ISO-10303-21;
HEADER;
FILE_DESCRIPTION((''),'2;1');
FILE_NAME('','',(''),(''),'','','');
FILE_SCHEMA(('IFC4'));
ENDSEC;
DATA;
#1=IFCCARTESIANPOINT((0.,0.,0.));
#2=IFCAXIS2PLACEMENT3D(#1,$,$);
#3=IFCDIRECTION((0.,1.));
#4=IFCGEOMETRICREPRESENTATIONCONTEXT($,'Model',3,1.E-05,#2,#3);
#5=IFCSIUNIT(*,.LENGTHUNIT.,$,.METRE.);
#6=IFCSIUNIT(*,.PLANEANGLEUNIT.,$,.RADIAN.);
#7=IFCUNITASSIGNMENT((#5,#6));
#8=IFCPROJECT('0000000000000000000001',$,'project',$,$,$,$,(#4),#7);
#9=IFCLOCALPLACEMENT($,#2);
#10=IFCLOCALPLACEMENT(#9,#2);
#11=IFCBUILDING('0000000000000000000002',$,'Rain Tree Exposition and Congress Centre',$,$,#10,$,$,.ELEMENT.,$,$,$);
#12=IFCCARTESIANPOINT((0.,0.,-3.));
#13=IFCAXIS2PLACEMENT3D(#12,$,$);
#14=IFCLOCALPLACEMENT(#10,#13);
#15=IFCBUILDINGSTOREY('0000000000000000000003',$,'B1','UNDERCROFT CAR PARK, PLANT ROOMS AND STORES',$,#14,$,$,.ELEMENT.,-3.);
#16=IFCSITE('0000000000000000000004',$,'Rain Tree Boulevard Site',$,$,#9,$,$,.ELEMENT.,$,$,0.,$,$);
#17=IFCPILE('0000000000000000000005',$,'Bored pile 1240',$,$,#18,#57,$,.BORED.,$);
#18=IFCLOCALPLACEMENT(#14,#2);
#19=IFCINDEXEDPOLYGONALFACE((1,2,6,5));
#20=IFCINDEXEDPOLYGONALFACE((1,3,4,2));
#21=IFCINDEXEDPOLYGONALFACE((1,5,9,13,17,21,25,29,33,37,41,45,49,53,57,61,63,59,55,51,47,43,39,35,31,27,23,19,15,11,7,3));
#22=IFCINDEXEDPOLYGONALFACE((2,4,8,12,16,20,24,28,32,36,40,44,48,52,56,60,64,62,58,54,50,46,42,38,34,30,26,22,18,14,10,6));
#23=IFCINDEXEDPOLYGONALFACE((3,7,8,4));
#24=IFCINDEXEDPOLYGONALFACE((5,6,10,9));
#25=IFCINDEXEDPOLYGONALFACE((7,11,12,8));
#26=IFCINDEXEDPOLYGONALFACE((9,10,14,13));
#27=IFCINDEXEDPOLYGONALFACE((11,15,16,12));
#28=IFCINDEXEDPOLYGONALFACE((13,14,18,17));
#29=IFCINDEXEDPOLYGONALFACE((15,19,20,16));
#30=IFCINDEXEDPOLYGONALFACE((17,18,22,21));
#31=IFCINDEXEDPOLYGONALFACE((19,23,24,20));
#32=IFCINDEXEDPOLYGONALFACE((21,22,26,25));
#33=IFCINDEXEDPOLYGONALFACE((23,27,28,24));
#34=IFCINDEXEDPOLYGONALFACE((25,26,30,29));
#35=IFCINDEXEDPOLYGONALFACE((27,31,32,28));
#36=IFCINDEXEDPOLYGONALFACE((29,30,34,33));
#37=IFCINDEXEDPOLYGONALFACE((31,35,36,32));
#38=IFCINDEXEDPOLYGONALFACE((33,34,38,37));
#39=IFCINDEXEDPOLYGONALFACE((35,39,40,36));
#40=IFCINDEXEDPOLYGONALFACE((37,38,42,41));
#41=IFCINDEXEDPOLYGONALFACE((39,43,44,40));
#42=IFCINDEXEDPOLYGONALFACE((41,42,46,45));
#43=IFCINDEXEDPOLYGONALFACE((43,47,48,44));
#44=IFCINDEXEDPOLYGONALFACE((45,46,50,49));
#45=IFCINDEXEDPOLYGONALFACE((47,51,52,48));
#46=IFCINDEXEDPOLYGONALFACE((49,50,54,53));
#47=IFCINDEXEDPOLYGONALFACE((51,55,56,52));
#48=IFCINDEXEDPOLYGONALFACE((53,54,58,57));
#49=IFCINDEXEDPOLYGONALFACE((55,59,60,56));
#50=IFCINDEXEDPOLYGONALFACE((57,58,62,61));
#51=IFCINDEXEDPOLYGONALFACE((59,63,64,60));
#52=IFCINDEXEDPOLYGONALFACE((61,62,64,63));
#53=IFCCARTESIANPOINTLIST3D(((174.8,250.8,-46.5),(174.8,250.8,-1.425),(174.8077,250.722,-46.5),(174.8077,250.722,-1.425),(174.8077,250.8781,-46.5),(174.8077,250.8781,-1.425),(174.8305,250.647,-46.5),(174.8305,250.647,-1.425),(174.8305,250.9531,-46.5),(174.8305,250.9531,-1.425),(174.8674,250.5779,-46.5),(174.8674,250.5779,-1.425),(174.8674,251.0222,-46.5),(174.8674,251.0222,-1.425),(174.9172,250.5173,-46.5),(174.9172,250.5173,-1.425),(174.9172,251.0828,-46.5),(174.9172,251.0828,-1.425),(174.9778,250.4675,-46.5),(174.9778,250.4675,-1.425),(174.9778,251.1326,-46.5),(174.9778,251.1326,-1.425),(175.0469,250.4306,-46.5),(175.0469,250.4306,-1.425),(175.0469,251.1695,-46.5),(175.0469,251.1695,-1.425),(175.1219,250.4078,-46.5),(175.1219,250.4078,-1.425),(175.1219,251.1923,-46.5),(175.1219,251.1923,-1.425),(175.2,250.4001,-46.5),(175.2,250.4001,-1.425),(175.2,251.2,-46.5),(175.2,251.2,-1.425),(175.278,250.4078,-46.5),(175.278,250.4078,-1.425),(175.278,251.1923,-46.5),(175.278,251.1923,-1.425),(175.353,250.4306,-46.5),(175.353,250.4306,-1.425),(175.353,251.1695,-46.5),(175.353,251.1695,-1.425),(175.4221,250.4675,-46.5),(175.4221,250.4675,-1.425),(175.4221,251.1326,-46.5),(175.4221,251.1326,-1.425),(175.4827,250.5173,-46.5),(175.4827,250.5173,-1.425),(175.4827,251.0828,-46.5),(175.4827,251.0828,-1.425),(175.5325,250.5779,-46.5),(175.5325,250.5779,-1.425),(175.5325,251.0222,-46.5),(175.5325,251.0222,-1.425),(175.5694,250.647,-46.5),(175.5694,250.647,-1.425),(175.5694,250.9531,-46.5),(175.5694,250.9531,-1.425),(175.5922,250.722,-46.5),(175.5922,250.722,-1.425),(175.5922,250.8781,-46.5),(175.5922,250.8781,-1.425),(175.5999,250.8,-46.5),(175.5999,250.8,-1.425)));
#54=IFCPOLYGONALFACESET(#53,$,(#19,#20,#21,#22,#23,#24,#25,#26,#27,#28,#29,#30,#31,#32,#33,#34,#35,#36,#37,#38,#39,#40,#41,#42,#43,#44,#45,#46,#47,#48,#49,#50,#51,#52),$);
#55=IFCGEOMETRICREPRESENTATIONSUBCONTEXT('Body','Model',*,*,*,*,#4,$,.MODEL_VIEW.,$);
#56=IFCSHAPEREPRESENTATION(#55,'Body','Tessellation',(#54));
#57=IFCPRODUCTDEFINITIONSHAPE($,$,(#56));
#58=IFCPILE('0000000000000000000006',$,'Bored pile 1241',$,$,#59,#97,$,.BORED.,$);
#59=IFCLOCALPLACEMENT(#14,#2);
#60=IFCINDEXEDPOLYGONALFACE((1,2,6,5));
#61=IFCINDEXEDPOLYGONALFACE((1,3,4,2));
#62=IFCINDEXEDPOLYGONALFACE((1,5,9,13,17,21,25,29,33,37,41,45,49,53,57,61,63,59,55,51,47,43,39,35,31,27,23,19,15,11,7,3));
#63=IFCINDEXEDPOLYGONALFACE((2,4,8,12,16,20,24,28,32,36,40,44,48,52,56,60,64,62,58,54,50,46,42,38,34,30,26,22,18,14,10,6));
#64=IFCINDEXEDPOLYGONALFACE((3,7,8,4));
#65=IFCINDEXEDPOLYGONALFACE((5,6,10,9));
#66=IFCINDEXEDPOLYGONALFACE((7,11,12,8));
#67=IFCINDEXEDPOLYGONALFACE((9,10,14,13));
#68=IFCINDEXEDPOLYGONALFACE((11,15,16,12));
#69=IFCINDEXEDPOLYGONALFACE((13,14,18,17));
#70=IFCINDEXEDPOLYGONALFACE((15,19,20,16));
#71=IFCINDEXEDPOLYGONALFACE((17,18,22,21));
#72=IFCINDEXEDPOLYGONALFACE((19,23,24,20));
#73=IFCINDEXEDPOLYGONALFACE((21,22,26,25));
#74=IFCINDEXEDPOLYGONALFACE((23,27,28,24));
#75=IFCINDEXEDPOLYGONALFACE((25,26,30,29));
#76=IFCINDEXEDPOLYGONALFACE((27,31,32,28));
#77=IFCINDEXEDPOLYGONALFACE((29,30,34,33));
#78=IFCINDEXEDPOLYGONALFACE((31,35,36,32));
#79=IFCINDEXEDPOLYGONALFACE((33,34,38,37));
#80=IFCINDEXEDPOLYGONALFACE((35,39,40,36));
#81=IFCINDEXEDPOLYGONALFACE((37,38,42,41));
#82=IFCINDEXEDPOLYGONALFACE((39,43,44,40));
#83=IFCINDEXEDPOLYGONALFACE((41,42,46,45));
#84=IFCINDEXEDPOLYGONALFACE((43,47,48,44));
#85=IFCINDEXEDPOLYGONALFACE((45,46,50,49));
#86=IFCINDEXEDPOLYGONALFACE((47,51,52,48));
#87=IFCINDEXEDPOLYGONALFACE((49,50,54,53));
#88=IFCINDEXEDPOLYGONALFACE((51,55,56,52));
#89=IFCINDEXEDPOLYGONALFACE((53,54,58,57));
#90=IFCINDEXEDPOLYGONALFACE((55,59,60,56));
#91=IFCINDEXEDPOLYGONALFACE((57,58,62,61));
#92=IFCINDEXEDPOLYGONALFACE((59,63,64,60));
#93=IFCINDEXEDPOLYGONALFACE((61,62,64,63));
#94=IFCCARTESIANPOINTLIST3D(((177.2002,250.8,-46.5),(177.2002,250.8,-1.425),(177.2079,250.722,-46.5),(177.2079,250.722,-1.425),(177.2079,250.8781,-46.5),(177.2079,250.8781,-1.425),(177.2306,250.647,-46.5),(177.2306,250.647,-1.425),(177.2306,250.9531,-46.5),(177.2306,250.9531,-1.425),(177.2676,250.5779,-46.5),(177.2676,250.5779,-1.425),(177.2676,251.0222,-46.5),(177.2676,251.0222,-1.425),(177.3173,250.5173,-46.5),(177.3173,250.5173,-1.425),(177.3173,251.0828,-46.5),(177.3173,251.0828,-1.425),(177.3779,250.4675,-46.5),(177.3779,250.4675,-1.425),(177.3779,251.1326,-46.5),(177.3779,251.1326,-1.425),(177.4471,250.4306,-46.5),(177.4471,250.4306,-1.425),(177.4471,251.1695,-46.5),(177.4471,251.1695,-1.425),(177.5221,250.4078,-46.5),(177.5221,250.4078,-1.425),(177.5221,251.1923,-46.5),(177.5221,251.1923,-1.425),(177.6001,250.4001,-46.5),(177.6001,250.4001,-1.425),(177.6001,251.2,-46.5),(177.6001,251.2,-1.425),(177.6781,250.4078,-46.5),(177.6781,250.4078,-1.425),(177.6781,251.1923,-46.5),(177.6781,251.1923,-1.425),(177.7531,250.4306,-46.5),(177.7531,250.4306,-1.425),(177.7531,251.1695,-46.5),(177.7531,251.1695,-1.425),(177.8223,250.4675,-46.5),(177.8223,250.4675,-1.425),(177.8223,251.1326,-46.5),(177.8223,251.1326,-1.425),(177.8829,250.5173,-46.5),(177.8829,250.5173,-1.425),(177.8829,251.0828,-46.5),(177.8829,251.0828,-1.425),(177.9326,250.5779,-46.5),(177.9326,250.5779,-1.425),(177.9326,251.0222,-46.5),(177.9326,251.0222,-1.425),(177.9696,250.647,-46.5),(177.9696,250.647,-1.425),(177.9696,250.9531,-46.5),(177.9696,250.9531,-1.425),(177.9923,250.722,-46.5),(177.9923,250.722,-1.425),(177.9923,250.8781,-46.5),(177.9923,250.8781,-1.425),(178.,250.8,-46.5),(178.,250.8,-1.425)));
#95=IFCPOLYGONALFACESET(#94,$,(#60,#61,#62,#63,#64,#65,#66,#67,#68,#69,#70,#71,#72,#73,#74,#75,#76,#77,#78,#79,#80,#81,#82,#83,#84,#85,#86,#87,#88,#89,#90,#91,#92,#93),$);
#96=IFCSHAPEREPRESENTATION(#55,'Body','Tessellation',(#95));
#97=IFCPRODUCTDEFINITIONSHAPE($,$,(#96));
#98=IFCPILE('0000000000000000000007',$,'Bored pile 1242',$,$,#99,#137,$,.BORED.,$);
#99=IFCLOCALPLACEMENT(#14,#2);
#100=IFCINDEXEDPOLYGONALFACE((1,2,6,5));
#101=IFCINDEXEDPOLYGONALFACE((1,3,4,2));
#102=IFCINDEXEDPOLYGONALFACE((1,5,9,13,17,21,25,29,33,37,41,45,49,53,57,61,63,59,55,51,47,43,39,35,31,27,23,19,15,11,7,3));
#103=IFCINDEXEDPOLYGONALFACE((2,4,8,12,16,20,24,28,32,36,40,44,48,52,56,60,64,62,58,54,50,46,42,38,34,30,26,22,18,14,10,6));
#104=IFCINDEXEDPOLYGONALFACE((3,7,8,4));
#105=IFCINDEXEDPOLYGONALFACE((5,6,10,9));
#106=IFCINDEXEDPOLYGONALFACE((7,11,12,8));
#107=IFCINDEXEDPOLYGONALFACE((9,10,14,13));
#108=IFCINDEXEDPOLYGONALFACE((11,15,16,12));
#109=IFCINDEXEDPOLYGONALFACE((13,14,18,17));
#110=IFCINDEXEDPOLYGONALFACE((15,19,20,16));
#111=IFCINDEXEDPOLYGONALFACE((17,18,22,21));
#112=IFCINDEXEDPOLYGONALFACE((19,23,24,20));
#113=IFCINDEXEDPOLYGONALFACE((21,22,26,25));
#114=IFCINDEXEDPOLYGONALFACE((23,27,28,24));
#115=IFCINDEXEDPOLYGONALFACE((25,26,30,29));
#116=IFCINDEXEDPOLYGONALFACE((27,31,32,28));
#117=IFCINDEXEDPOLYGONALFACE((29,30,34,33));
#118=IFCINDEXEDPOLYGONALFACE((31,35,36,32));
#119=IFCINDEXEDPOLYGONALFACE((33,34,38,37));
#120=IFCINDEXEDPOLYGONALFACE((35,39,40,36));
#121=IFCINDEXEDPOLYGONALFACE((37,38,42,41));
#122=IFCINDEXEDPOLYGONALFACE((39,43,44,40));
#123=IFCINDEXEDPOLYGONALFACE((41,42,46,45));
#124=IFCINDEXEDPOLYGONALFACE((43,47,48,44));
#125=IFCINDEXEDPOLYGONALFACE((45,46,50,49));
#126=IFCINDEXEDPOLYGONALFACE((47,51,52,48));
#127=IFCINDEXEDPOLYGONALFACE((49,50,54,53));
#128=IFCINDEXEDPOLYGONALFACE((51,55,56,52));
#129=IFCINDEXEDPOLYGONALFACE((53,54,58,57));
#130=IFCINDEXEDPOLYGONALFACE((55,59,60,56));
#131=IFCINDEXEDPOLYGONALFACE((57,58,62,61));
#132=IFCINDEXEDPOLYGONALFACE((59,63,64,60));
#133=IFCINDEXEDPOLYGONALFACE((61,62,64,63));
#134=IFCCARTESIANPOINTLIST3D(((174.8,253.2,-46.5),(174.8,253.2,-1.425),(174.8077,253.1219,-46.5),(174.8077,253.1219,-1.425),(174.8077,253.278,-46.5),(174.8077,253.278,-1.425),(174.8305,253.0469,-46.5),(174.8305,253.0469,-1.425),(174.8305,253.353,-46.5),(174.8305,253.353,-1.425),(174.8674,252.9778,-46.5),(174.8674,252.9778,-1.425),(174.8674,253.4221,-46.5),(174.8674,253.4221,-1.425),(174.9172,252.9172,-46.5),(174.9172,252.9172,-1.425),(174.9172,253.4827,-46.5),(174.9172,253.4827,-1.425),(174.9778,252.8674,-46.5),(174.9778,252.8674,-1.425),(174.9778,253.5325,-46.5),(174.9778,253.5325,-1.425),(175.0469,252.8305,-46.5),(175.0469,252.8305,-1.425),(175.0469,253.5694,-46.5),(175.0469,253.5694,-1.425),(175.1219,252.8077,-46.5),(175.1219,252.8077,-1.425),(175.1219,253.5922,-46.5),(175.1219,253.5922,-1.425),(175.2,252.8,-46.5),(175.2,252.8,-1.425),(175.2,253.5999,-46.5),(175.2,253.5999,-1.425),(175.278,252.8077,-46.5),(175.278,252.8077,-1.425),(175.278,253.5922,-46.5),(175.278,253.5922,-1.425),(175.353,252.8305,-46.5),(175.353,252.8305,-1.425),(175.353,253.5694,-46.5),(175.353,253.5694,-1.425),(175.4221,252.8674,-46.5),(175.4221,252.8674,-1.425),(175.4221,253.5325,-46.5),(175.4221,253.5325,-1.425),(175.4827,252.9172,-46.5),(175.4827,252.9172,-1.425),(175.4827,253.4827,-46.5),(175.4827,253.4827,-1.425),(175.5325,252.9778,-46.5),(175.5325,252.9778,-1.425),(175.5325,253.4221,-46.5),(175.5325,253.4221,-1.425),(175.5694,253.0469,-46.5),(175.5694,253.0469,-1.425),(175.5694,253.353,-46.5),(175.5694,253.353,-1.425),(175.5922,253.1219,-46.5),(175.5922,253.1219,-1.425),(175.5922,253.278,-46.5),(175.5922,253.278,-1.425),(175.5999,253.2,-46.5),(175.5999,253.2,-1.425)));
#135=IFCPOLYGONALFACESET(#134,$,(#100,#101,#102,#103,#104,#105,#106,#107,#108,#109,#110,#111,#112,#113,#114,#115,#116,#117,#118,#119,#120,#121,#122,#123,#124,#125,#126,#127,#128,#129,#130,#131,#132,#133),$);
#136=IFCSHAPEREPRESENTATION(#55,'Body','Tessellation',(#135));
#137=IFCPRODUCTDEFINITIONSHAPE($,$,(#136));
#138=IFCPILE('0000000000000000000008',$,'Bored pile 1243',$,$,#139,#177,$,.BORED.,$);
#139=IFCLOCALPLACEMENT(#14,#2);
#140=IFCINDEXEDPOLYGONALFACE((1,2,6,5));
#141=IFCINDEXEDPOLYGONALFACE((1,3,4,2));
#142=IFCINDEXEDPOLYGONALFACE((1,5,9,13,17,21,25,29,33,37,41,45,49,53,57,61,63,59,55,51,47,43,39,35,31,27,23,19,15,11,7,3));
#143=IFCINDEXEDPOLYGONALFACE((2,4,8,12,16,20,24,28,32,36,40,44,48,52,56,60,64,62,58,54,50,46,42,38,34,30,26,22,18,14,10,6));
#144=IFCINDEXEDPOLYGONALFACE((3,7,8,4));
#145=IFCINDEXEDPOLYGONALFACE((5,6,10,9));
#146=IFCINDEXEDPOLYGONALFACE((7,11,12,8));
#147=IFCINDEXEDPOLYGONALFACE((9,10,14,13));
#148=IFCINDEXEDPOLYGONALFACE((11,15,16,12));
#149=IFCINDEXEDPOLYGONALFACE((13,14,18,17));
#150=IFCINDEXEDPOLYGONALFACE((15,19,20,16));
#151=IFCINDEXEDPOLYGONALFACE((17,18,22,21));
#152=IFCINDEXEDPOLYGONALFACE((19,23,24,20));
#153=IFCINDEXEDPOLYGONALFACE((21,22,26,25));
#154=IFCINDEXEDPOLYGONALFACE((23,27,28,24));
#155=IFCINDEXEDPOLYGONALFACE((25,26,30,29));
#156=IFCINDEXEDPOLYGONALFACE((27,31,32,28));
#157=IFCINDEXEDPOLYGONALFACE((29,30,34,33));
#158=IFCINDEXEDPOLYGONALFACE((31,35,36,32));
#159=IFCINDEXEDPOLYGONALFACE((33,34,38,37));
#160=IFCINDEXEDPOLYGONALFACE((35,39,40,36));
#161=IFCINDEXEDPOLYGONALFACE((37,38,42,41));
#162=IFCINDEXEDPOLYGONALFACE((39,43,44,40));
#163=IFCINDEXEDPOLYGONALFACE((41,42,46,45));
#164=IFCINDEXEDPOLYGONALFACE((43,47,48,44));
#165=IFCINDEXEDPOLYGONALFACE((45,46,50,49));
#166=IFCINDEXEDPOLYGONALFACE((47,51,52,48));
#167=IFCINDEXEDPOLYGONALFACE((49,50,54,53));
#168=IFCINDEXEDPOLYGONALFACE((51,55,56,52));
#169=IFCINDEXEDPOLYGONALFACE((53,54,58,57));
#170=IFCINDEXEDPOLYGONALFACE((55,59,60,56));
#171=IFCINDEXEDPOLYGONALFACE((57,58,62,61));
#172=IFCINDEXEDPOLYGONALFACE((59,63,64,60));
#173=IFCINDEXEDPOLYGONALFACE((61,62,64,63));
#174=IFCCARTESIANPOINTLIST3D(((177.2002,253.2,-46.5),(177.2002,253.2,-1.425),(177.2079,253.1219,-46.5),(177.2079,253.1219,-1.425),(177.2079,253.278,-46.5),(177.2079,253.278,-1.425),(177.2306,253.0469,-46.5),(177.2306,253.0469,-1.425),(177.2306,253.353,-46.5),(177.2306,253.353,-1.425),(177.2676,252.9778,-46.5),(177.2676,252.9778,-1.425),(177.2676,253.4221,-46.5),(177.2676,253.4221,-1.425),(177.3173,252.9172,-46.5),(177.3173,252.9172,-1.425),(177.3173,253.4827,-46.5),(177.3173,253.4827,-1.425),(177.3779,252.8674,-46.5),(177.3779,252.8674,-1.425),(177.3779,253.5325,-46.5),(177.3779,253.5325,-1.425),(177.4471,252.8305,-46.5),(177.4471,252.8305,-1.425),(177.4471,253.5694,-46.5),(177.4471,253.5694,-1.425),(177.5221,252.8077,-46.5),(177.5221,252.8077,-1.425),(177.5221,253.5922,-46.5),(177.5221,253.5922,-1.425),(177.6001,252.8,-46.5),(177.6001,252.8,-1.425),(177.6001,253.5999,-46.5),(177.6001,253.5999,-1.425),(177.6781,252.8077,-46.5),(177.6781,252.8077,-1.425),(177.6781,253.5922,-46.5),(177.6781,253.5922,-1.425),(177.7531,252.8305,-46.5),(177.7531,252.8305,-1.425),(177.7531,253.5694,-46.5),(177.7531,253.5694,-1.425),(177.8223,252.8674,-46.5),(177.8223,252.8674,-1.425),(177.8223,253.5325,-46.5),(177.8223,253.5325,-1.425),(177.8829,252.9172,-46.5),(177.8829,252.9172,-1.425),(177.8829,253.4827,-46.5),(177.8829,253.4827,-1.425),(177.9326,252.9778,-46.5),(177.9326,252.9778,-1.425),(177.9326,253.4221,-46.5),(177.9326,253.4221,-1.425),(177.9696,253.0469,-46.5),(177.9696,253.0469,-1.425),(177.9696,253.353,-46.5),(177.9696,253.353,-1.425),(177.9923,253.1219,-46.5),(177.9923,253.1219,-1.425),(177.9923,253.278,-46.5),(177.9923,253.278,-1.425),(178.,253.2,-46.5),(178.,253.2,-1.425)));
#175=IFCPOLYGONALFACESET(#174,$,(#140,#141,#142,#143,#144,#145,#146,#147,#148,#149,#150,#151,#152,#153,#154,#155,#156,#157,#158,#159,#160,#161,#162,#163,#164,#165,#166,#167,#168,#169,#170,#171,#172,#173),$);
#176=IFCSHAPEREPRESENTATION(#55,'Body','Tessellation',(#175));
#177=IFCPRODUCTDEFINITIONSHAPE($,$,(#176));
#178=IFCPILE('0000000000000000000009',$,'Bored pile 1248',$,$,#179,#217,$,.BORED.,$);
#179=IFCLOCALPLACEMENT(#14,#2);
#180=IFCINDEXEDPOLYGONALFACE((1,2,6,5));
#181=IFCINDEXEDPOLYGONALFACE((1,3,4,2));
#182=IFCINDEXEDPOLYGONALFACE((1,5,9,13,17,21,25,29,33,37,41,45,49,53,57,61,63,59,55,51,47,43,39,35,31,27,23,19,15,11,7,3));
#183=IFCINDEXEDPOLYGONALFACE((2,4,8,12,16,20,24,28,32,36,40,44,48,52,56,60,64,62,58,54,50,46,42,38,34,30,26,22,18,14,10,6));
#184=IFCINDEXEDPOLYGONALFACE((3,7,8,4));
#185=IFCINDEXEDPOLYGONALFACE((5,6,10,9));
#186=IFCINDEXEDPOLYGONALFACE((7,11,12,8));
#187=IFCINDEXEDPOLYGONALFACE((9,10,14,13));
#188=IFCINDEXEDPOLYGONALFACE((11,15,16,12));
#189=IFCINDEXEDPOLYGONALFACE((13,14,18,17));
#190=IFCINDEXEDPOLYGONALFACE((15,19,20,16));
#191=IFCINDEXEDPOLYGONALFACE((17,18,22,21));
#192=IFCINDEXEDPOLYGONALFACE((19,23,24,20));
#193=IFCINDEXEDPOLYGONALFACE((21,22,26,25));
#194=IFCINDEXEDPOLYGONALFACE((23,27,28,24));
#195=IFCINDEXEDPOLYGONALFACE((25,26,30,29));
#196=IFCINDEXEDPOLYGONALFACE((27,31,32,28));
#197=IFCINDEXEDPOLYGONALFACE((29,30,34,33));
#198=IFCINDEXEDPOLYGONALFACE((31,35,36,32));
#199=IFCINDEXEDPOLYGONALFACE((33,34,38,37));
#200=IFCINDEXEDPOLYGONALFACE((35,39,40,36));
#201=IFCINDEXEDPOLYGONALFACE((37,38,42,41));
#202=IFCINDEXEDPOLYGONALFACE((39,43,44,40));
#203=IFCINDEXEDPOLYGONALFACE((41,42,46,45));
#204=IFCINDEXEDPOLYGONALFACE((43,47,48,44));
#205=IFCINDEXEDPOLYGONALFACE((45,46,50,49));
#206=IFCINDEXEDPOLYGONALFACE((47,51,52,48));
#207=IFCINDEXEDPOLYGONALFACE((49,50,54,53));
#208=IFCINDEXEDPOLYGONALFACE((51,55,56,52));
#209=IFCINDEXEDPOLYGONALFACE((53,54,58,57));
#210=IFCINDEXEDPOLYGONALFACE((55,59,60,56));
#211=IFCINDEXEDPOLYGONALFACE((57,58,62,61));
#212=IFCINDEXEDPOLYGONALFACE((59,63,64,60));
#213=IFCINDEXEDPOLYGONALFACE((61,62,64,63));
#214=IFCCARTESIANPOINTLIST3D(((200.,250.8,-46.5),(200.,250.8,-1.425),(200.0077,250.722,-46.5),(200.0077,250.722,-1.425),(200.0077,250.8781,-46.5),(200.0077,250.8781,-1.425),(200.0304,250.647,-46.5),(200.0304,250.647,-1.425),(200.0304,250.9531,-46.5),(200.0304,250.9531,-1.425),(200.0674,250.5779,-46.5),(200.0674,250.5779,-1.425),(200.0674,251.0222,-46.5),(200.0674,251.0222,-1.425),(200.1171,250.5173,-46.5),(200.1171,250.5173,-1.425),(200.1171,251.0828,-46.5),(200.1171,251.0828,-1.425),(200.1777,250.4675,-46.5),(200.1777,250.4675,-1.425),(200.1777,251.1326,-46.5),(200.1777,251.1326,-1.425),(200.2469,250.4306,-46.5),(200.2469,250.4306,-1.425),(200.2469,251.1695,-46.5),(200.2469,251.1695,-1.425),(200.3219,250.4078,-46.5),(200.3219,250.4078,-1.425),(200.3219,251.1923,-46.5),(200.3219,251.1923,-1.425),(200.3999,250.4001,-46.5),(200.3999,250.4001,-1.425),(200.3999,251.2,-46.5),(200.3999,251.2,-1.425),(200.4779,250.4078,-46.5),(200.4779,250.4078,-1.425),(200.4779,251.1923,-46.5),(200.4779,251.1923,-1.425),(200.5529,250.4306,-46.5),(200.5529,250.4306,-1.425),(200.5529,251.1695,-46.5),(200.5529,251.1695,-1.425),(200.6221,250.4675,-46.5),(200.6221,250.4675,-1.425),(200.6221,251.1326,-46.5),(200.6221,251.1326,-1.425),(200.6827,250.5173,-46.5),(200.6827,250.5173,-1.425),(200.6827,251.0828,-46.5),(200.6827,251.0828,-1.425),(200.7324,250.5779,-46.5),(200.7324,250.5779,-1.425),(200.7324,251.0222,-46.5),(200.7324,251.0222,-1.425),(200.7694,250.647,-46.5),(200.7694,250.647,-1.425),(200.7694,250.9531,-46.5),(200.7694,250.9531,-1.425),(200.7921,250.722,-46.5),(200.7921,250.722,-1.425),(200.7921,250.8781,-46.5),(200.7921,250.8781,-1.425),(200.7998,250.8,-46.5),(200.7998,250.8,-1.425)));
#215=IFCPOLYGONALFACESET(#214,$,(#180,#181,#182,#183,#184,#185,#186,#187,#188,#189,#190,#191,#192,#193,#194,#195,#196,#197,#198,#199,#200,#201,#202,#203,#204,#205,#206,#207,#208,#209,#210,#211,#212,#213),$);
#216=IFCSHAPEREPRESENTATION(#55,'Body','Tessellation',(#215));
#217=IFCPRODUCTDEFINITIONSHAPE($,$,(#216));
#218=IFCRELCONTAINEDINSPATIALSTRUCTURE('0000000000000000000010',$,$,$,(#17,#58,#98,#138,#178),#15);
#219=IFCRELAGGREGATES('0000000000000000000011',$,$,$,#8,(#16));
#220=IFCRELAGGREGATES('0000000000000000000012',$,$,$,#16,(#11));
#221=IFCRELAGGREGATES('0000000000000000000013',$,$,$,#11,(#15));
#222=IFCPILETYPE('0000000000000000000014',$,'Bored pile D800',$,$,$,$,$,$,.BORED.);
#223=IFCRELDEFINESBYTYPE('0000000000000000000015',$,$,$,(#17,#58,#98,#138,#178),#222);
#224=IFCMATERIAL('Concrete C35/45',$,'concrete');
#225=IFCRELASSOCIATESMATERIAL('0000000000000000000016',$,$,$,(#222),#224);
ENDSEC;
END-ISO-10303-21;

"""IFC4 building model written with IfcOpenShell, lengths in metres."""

from ifc_helpers import new_model, si_unit, direction, frame, origin, origin_2d, place, context, subcontext, project, spatial, circle, extrude, material, material_profile, profile_set, type_object, element, save


model = new_model("IFC4")

# Units and contexts
model_context = context("Model", 3, precision=1e-05, world=origin(), true_north=direction((0.0, 1.0)))
body_context = subcontext(model_context, "Body", "Model", "MODEL_VIEW")
ifc_project = project(units=[si_unit("LENGTHUNIT", "METRE"), si_unit("PLANEANGLEUNIT", "RADIAN")], contexts=[model_context])

# Site, building, storey
site_placement = place(None, origin())
site = spatial("IfcSite", under=ifc_project, at=site_placement, Name="Rain Tree Boulevard Site", CompositionType="ELEMENT", RefElevation=0.0)
building_placement = place(site_placement, origin())
building = spatial("IfcBuilding", under=site, at=building_placement, Name="Rain Tree Exposition and Congress Centre", CompositionType="ELEMENT")
storey_placement = place(building_placement, frame((0.0, 0.0, -3.0)))
storey = spatial("IfcBuildingStorey", under=building, at=storey_placement, Name="B1", Description="UNDERCROFT CAR PARK, PLANT ROOMS AND STORES", CompositionType="ELEMENT", Elevation=-3.0)

# Piles
ifc_material_1 = material(Name="Concrete C35/45", Category="concrete")
ifc_material_profile_1 = material_profile(ifc_material_1, circle(Radius=0.3999, at=origin_2d()), Name="D800")
ifc_profile_set_1 = profile_set([ifc_material_profile_1], Name="Concrete C35/45")
pile_type_1 = type_object("IfcPileType", Name="Bored pile D800", PredefinedType="BORED", material=ifc_profile_set_1)
for number, where, z_axis, x_axis, name in (
    (1, (175.2, 250.8, -1.425), (0.0, 0.0, -1.0), (1.0, 0.0, 0.0), "Bored pile 1240"),
    (2, (177.6001, 250.8, -1.425), (0.0, 0.0, -1.0), (1.0, 0.0, 0.0), "Bored pile 1241"),
    (3, (175.2, 253.2, -1.425), (0.0, 0.0, -1.0), (1.0, 0.0, 0.0), "Bored pile 1242"),
    (4, (177.6001, 253.2, -1.425), (0.0, 0.0, -1.0), (1.0, 0.0, 0.0), "Bored pile 1243"),
    (5, (200.3999, 250.8, -1.425), (0.0, 0.0, -1.0), (1.0, 0.0, 0.0), "Bored pile 1248"),
):
    element("IfcPile", number, at=place(storey_placement, frame(where, z_axis=z_axis, x_axis=x_axis)), inside=storey, type_object=pile_type_1, Name=name, PredefinedType="BORED", context=body_context, shape_type="SweptSolid", body=[
        extrude(circle(Radius=0.3999, at=origin_2d()), origin(), (0.0, 0.0, 1.0), 45.075),
    ])

save(model, "model.ifc")
